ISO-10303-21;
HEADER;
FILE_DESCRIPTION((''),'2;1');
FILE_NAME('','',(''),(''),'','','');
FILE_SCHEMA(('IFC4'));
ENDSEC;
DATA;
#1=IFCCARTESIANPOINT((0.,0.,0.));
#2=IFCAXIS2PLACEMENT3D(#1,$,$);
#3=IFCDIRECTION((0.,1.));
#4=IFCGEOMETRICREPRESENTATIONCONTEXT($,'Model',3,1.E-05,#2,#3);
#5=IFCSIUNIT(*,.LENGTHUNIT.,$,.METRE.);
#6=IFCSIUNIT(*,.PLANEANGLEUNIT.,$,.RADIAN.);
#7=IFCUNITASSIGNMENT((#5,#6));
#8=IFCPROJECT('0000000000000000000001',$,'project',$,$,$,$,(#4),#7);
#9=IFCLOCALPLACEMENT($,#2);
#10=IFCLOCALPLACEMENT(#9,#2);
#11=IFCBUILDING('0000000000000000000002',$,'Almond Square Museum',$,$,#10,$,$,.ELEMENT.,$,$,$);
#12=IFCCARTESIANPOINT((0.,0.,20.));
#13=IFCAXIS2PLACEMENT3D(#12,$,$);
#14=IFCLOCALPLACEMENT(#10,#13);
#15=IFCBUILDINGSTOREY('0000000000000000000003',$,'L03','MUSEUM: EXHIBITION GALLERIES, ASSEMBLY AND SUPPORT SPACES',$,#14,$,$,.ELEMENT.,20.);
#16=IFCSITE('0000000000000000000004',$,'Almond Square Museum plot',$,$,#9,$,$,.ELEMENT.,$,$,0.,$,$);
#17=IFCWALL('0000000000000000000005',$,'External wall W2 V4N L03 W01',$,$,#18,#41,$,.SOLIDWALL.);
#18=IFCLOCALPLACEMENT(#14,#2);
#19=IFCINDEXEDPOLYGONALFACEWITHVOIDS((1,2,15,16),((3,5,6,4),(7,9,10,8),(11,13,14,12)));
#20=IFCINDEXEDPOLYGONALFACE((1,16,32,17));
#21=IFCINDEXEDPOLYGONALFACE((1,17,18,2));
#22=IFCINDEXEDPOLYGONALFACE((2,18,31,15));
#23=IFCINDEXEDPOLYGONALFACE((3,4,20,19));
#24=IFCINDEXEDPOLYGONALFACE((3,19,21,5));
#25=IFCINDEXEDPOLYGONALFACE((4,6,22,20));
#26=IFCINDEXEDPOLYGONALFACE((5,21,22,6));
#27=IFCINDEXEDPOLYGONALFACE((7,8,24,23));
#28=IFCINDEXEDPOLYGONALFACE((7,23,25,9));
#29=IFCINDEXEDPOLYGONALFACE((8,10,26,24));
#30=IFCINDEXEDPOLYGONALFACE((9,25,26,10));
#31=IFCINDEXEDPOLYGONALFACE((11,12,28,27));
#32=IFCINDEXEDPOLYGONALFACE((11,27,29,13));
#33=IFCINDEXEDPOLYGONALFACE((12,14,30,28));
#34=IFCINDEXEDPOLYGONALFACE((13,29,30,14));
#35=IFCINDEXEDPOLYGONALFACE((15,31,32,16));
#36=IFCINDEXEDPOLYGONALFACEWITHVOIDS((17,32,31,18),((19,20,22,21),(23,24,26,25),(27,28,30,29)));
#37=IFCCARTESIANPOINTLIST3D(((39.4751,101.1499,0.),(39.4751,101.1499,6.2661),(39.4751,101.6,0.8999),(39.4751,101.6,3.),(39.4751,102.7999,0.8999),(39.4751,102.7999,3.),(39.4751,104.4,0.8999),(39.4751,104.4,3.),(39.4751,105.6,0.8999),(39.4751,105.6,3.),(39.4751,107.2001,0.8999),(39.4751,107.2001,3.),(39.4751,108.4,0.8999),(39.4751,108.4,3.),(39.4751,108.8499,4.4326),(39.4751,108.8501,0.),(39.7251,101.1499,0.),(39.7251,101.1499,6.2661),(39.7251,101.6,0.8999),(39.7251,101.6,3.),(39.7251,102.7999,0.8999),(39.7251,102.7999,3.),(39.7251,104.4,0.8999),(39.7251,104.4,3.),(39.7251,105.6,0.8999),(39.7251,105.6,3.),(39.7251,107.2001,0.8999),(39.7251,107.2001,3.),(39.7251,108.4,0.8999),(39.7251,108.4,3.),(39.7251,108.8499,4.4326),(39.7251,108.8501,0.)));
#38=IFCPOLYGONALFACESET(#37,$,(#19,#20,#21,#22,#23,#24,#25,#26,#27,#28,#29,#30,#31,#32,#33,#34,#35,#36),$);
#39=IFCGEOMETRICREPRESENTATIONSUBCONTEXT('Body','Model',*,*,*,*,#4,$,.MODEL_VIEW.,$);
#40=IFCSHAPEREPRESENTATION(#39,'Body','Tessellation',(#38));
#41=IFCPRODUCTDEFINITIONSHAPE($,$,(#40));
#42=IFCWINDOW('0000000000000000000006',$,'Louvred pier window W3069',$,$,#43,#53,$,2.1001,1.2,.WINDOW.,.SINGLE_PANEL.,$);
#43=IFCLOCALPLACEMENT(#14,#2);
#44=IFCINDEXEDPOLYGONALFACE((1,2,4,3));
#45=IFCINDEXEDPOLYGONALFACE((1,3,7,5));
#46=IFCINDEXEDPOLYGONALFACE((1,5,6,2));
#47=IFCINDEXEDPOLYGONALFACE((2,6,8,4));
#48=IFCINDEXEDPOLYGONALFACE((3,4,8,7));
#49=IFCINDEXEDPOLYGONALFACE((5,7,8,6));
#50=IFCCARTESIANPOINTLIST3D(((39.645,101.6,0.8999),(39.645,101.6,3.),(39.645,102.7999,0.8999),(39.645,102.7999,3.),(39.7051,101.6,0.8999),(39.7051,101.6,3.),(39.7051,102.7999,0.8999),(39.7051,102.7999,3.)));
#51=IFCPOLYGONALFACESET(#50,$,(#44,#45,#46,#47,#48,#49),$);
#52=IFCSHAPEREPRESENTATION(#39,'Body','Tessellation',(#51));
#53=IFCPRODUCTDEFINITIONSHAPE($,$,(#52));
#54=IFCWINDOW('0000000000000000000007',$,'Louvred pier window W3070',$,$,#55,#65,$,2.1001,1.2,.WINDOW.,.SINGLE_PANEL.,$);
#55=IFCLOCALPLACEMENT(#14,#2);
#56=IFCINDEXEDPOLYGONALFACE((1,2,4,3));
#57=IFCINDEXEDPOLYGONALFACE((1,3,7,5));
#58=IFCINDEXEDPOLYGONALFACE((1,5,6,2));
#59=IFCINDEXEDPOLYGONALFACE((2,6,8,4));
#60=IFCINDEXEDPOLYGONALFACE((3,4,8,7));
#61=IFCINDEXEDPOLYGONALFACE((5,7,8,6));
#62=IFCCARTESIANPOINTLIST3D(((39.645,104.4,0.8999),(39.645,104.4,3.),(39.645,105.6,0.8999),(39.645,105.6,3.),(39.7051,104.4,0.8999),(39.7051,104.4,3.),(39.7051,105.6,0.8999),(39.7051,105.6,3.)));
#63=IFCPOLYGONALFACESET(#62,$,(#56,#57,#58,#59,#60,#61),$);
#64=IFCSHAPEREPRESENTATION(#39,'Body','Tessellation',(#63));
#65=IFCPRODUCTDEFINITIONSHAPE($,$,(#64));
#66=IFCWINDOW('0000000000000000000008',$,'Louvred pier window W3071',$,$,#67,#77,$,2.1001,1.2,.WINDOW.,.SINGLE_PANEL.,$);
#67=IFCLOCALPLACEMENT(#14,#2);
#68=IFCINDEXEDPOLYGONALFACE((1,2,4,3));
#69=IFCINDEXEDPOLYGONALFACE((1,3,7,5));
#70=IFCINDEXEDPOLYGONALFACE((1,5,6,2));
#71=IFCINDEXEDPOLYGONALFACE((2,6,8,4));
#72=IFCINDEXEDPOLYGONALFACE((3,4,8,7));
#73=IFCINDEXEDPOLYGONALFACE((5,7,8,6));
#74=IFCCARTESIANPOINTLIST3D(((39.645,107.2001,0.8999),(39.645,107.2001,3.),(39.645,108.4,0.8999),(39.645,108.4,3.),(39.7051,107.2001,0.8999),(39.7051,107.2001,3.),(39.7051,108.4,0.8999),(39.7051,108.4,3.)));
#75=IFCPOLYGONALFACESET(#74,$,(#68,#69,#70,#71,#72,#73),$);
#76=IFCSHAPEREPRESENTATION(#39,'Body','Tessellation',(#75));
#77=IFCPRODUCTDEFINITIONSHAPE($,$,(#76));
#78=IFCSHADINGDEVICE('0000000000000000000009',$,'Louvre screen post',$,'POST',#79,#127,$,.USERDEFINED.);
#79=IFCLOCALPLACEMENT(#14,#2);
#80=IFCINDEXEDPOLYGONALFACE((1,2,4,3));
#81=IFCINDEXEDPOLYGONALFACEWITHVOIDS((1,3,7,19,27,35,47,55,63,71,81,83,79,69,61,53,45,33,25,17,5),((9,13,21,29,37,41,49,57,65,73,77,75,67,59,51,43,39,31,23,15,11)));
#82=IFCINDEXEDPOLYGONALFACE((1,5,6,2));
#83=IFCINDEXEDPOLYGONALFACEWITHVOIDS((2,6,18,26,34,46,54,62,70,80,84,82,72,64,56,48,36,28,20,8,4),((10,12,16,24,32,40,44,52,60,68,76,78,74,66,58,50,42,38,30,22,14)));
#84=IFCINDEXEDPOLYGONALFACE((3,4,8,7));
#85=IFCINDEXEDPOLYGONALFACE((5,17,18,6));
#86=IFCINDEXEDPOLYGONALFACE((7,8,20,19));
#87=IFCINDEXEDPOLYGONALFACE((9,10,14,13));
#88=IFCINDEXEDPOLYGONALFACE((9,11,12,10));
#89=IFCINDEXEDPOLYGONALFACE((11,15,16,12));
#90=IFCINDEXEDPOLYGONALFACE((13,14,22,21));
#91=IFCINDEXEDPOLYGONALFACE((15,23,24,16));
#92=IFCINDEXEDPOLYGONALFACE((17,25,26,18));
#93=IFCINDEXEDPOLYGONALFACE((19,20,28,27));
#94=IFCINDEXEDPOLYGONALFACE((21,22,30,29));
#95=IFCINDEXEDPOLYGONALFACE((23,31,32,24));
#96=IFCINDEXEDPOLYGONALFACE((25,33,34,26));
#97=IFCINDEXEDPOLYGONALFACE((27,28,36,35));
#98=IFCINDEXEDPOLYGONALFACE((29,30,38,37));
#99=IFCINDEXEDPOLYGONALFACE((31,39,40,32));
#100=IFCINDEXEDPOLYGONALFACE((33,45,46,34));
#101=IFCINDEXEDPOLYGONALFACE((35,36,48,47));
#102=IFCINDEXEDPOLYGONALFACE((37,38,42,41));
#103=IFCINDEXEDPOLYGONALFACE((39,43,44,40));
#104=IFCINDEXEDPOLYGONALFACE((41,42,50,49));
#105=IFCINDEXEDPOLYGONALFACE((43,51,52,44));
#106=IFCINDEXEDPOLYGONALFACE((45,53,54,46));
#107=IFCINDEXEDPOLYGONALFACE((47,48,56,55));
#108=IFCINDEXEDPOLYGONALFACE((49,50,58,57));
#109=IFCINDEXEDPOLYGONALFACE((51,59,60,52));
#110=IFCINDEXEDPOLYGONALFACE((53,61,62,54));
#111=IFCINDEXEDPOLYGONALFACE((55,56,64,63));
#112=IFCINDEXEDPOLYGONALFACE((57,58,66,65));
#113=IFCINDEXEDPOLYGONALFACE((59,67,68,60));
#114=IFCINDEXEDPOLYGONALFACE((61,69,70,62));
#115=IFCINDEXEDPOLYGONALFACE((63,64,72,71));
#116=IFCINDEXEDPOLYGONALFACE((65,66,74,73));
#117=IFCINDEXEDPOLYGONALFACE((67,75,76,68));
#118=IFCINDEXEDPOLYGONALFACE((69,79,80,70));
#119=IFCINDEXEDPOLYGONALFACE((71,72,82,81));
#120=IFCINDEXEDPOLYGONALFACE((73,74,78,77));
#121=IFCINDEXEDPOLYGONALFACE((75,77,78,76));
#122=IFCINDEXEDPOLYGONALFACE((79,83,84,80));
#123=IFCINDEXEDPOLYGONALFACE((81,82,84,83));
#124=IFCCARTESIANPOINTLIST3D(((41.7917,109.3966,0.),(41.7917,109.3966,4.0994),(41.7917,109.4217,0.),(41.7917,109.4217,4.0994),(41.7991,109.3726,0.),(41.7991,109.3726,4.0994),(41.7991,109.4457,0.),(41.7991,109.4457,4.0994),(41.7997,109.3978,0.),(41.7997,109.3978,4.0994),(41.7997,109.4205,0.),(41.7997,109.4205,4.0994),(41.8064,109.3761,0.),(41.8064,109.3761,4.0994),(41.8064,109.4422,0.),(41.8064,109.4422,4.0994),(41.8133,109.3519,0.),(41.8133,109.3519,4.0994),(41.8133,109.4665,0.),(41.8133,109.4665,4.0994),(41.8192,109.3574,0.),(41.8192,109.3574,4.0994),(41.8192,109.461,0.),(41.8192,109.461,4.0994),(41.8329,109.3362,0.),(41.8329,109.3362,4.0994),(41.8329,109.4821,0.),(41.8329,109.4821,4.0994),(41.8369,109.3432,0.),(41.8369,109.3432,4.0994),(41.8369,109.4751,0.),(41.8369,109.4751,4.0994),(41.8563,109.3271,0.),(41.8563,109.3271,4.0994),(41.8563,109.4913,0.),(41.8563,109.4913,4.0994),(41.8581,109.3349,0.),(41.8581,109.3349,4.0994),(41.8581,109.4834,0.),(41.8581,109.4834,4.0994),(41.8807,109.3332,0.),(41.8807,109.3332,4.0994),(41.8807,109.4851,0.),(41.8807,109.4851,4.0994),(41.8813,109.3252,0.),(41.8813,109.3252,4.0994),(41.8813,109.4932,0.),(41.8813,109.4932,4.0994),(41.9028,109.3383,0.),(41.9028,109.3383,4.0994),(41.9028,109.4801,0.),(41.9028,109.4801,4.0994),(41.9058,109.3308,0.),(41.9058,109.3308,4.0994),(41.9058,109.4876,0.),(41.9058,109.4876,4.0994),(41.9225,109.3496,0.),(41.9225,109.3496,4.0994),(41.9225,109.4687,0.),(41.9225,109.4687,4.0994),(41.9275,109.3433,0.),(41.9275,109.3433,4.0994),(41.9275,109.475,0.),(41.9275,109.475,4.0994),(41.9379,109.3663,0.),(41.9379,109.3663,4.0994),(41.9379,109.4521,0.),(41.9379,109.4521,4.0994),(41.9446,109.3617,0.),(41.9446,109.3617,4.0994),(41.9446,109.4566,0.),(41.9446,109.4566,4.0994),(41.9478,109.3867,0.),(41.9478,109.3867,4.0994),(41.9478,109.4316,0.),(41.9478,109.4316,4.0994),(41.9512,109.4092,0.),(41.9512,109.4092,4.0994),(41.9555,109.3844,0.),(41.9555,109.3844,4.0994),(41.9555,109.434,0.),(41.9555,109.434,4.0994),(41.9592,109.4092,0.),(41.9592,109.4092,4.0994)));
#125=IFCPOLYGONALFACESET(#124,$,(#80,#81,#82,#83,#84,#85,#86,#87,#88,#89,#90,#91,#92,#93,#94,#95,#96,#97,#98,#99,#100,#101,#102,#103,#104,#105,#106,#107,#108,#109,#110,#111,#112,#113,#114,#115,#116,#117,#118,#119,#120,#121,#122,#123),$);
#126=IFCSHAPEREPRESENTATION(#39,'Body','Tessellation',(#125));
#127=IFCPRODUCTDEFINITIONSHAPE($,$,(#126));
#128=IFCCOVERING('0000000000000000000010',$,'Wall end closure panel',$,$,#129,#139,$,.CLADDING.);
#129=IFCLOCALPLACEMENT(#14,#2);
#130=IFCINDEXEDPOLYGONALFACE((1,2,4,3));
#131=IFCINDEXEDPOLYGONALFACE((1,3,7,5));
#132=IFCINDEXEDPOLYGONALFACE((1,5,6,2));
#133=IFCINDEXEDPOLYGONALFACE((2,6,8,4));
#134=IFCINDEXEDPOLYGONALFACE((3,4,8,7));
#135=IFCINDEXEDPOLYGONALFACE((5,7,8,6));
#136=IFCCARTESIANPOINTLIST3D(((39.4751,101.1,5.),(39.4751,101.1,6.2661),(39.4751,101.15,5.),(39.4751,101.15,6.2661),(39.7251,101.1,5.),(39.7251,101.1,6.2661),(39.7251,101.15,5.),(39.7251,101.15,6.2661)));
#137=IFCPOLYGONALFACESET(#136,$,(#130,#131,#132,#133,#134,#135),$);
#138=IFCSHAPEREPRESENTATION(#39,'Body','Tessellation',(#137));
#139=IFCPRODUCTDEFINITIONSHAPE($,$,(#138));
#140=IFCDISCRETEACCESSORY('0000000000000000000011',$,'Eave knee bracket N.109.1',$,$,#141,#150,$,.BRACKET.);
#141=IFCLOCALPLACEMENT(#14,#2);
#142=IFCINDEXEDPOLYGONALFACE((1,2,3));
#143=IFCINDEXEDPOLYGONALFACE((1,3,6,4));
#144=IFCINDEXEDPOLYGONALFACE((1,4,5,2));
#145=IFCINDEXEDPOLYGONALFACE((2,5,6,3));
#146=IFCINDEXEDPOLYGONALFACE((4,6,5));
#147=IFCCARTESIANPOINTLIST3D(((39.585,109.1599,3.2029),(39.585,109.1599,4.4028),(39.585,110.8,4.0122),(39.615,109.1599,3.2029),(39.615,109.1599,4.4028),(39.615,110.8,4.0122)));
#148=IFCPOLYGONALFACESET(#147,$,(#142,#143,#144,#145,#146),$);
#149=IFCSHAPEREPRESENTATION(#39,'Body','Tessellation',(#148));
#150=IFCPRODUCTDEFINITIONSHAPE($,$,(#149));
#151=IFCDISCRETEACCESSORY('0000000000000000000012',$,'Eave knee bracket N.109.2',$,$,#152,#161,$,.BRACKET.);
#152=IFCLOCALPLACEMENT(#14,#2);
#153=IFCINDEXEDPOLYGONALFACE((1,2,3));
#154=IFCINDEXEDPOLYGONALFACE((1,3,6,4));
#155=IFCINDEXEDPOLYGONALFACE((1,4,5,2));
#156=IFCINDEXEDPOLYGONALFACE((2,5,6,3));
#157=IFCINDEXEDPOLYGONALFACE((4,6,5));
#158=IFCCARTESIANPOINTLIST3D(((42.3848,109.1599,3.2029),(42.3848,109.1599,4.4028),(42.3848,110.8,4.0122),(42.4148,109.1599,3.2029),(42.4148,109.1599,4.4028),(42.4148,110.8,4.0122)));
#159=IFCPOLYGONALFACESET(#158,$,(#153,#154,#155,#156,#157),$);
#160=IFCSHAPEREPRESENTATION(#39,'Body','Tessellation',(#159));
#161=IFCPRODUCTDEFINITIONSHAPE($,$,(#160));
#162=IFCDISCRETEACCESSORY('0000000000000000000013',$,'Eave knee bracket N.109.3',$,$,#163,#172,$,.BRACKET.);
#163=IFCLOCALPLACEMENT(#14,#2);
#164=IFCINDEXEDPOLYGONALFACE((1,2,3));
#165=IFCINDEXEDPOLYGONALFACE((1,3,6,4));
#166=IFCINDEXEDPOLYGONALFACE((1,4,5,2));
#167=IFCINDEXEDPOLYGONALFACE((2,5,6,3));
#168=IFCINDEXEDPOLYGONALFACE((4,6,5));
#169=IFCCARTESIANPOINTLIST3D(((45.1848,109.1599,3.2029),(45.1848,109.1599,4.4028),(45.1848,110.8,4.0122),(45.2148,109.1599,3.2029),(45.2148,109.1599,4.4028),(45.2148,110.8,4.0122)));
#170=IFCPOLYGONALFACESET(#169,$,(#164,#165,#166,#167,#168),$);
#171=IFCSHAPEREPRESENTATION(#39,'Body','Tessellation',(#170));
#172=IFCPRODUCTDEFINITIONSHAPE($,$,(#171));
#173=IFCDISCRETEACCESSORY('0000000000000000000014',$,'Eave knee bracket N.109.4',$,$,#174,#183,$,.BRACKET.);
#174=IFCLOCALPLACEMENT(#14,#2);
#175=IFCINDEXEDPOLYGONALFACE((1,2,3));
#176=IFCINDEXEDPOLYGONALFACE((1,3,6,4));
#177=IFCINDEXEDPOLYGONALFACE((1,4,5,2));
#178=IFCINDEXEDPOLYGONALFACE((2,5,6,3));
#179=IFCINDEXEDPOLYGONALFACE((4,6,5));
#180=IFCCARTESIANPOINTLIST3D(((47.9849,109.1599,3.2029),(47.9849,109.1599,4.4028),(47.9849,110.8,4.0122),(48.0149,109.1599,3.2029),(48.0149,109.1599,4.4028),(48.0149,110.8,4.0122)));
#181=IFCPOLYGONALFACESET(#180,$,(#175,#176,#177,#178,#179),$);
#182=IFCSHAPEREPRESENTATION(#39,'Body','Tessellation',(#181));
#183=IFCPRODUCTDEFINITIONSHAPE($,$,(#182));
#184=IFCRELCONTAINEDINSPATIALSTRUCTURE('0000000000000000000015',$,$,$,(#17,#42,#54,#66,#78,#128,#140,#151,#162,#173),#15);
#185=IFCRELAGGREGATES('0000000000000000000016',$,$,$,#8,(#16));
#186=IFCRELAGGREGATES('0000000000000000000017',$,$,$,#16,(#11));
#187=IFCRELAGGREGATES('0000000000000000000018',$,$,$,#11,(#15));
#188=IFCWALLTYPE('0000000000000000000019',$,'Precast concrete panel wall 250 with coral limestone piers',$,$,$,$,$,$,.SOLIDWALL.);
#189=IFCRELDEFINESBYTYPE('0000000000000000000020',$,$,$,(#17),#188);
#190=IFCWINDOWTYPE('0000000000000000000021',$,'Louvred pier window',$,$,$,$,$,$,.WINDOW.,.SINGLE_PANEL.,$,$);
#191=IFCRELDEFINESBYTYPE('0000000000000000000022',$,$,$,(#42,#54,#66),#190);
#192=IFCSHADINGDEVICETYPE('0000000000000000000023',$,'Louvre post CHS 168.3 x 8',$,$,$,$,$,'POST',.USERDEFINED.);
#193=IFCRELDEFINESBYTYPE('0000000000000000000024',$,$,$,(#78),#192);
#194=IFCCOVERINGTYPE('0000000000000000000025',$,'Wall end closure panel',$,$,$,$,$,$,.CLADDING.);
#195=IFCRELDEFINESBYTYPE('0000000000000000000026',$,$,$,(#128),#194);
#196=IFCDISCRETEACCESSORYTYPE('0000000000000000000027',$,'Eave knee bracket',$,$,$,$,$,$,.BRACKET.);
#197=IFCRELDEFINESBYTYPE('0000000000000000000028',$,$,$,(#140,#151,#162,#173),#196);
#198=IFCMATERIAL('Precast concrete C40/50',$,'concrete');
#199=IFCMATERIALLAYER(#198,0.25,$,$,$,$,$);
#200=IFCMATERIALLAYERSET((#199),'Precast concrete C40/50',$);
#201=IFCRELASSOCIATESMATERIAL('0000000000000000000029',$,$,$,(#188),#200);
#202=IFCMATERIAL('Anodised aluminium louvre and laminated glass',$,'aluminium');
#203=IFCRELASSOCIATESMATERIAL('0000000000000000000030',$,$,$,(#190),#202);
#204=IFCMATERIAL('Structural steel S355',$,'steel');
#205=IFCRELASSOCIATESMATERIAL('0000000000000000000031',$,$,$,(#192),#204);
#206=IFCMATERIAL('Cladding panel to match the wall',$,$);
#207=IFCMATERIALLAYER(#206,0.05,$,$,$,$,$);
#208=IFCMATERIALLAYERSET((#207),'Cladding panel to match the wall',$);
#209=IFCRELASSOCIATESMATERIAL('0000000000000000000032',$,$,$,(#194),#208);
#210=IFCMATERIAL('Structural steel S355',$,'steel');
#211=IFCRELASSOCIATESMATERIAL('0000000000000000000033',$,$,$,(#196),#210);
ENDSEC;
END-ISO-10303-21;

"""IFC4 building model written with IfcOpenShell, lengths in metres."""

from ifc_helpers import new_model, si_unit, direction, frame, frame_2d, origin, origin_2d, place, context, subcontext, project, spatial, polyline, rectangle, hollow_circle, outline, extrude, material, layer, layer_set, material_profile, profile_set, type_object, element, fill, save


model = new_model("IFC4")

# Units and contexts
model_context = context("Model", 3, precision=1e-05, world=origin(), true_north=direction((0.0, 1.0)))
body_context = subcontext(model_context, "Body", "Model", "MODEL_VIEW")
ifc_project = project(units=[si_unit("LENGTHUNIT", "METRE"), si_unit("PLANEANGLEUNIT", "RADIAN")], contexts=[model_context])

# Site, building, storey
site_placement = place(None, origin())
site = spatial("IfcSite", under=ifc_project, at=site_placement, Name="Almond Square Museum plot", CompositionType="ELEMENT", RefElevation=0.0)
building_placement = place(site_placement, origin())
building = spatial("IfcBuilding", under=site, at=building_placement, Name="Almond Square Museum", CompositionType="ELEMENT")
storey_placement = place(building_placement, frame((0.0, 0.0, 20.0)))
storey = spatial("IfcBuildingStorey", under=building, at=storey_placement, Name="L03", Description="MUSEUM: EXHIBITION GALLERIES, ASSEMBLY AND SUPPORT SPACES", CompositionType="ELEMENT", Elevation=20.0)

# Wall, openings, windows
ifc_material_1 = material(Name="Precast concrete C40/50", Category="concrete")
ifc_layer_1 = layer(ifc_material_1, 0.25)
ifc_layer_set_1 = layer_set([ifc_layer_1], Name="Precast concrete C40/50")
wall_type = type_object("IfcWallType", Name="Precast concrete panel wall 250 with coral limestone piers", PredefinedType="SOLIDWALL", material=ifc_layer_set_1)
ifc_material_2 = material(Name="Anodised aluminium louvre and laminated glass", Category="aluminium")
window_type = type_object("IfcWindowType", Name="Louvred pier window", PartitioningType="SINGLE_PANEL", PredefinedType="WINDOW", material=ifc_material_2)
wall_1_placement = place(storey_placement, frame((39.6001, 101.1499, 0.0), z_axis=(0.0, 0.0, 1.0), x_axis=(0.0, 1.0, 0.0)))
wall_1 = element("IfcWall", 1, at=wall_1_placement, inside=storey, type_object=wall_type, Name="External wall W2 V4N L03 W01", PredefinedType="SOLIDWALL", context=body_context, shape_type="SweptSolid", body=[
    extrude(outline(polyline([(0.0, 0.0), (7.7002, 0.0), (7.7, 4.4326), (0.0, 6.2661), (0.0, 0.0)])), frame((0.0, 0.125, 0.0), z_axis=(0.0, -1.0, 0.0), x_axis=(1.0, 0.0, 0.0)), (0.0, 0.0, 1.0), 0.25),
])
opening_1_placement = place(wall_1_placement, frame((0.45, 0.0, 0.8999)))
opening_1 = element("IfcOpeningElement", 2, at=opening_1_placement, cuts=wall_1, PredefinedType="OPENING", context=body_context, shape_type="SweptSolid", body=[
    extrude(rectangle(XDim=1.2, YDim=2.1001, at=frame_2d((0.6001, 1.05))), frame((0.0, 0.135, 0.0), z_axis=(0.0, -1.0, 0.0), x_axis=(1.0, 0.0, 0.0)), (0.0, 0.0, 1.0), 0.27),
])
opening_2_placement = place(wall_1_placement, frame((3.25, 0.0, 0.8999)))
opening_2 = element("IfcOpeningElement", 3, at=opening_2_placement, cuts=wall_1, PredefinedType="OPENING", context=body_context, shape_type="SweptSolid", body=[
    extrude(rectangle(XDim=1.2, YDim=2.1001, at=frame_2d((0.6001, 1.05))), frame((0.0, 0.135, 0.0), z_axis=(0.0, -1.0, 0.0), x_axis=(1.0, 0.0, 0.0)), (0.0, 0.0, 1.0), 0.27),
])
opening_3_placement = place(wall_1_placement, frame((6.05, 0.0, 0.8999)))
opening_3 = element("IfcOpeningElement", 4, at=opening_3_placement, cuts=wall_1, PredefinedType="OPENING", context=body_context, shape_type="SweptSolid", body=[
    extrude(rectangle(XDim=1.2, YDim=2.1001, at=frame_2d((0.6001, 1.05))), frame((0.0, 0.135, 0.0), z_axis=(0.0, -1.0, 0.0), x_axis=(1.0, 0.0, 0.0)), (0.0, 0.0, 1.0), 0.27),
])
window_1_placement = place(opening_1_placement, origin())
window_1 = element("IfcWindow", 5, at=window_1_placement, inside=storey, type_object=window_type, Name="Louvred pier window W3069", OverallHeight=2.1001, OverallWidth=1.2, PartitioningType="SINGLE_PANEL", PredefinedType="WINDOW", context=body_context, shape_type="SweptSolid", body=[
    extrude(rectangle(XDim=1.2, YDim=2.1001, at=frame_2d((0.6001, 1.05))), frame((0.0, -0.0449, 0.0), z_axis=(0.0, -1.0, 0.0), x_axis=(1.0, 0.0, 0.0)), (0.0, 0.0, 1.0), 0.0601),
])
fill(opening_1, window_1)
window_2_placement = place(opening_2_placement, origin())
window_2 = element("IfcWindow", 6, at=window_2_placement, inside=storey, type_object=window_type, Name="Louvred pier window W3070", OverallHeight=2.1001, OverallWidth=1.2, PartitioningType="SINGLE_PANEL", PredefinedType="WINDOW", context=body_context, shape_type="SweptSolid", body=[
    extrude(rectangle(XDim=1.2, YDim=2.1001, at=frame_2d((0.6001, 1.05))), frame((0.0, -0.0449, 0.0), z_axis=(0.0, -1.0, 0.0), x_axis=(1.0, 0.0, 0.0)), (0.0, 0.0, 1.0), 0.0601),
])
fill(opening_2, window_2)
window_3_placement = place(opening_3_placement, origin())
window_3 = element("IfcWindow", 7, at=window_3_placement, inside=storey, type_object=window_type, Name="Louvred pier window W3071", OverallHeight=2.1001, OverallWidth=1.2, PartitioningType="SINGLE_PANEL", PredefinedType="WINDOW", context=body_context, shape_type="SweptSolid", body=[
    extrude(rectangle(XDim=1.2, YDim=2.1001, at=frame_2d((0.6001, 1.05))), frame((0.0, -0.0449, 0.0), z_axis=(0.0, -1.0, 0.0), x_axis=(1.0, 0.0, 0.0)), (0.0, 0.0, 1.0), 0.0601),
])
fill(opening_3, window_3)

# Shading device
ifc_material_3 = material(Name="Structural steel S355", Category="steel")
ifc_material_profile_1 = material_profile(ifc_material_3, hollow_circle(Radius=0.0842, WallThickness=0.0081, at=origin_2d()))
ifc_profile_set_1 = profile_set([ifc_material_profile_1], Name="Structural steel S355")
shading_device_type = type_object("IfcShadingDeviceType", Name="Louvre post CHS 168.3 x 8", ElementType="POST", PredefinedType="USERDEFINED", material=ifc_profile_set_1)
shading_device_placement = place(storey_placement, frame((41.875, 109.4092, 0.0), z_axis=(0.0, 0.0, 1.0), x_axis=(1.0, 0.0, 0.0)))
element("IfcShadingDevice", 8, at=shading_device_placement, inside=storey, type_object=shading_device_type, Name="Louvre screen post", ObjectType="POST", PredefinedType="USERDEFINED", context=body_context, shape_type="SweptSolid", body=[
    extrude(hollow_circle(Radius=0.0842, WallThickness=0.0081, at=origin_2d()), origin(), (0.0, 0.0, 1.0), 4.0994),
])

# Covering
ifc_material_4 = material(Name="Cladding panel to match the wall")
ifc_layer_2 = layer(ifc_material_4, 0.05)
ifc_layer_set_2 = layer_set([ifc_layer_2], Name="Cladding panel to match the wall")
covering_type = type_object("IfcCoveringType", Name="Wall end closure panel", PredefinedType="CLADDING", material=ifc_layer_set_2)
covering_placement = place(storey_placement, frame((39.6001, 101.125, 5.0), z_axis=(0.0, 0.0, 1.0), x_axis=(1.0, 0.0, 0.0)))
element("IfcCovering", 9, at=covering_placement, inside=storey, type_object=covering_type, Name="Wall end closure panel", PredefinedType="CLADDING", context=body_context, shape_type="SweptSolid", body=[
    extrude(rectangle(XDim=0.25, YDim=0.05, at=origin_2d()), origin(), (0.0, 0.0, 1.0), 1.2661),
])

# Discrete accessories
ifc_material_5 = material(Name="Structural steel S355", Category="steel")
discrete_accessory_type = type_object("IfcDiscreteAccessoryType", Name="Eave knee bracket", PredefinedType="BRACKET", material=ifc_material_5)
for number, where, z_axis, x_axis, name in (
    (10, (39.6001, 109.1599, 4.4028), (1.0, 0.0, 0.0), (0.0, 0.0, -1.0), "Eave knee bracket N.109.1"),
    (11, (42.3999, 109.1599, 4.4028), (1.0, 0.0, 0.0), (0.0, 0.0, -1.0), "Eave knee bracket N.109.2"),
    (12, (45.2, 109.1599, 4.4028), (1.0, 0.0, 0.0), (0.0, 0.0, -1.0), "Eave knee bracket N.109.3"),
    (13, (48.0, 109.1599, 4.4028), (1.0, 0.0, 0.0), (0.0, 0.0, -1.0), "Eave knee bracket N.109.4"),
):
    element("IfcDiscreteAccessory", number, at=place(storey_placement, frame(where, z_axis=z_axis, x_axis=x_axis)), inside=storey, type_object=discrete_accessory_type, Name=name, PredefinedType="BRACKET", context=body_context, shape_type="SweptSolid", body=[
        extrude(outline(polyline([(0.0, 0.0), (1.2, 0.0), (0.3906, 1.6401), (0.0, 0.0)])), frame((0.0, 0.0, -0.0151)), (0.0, 0.0, 1.0), 0.03),
    ])

save(model, "model.ifc")
